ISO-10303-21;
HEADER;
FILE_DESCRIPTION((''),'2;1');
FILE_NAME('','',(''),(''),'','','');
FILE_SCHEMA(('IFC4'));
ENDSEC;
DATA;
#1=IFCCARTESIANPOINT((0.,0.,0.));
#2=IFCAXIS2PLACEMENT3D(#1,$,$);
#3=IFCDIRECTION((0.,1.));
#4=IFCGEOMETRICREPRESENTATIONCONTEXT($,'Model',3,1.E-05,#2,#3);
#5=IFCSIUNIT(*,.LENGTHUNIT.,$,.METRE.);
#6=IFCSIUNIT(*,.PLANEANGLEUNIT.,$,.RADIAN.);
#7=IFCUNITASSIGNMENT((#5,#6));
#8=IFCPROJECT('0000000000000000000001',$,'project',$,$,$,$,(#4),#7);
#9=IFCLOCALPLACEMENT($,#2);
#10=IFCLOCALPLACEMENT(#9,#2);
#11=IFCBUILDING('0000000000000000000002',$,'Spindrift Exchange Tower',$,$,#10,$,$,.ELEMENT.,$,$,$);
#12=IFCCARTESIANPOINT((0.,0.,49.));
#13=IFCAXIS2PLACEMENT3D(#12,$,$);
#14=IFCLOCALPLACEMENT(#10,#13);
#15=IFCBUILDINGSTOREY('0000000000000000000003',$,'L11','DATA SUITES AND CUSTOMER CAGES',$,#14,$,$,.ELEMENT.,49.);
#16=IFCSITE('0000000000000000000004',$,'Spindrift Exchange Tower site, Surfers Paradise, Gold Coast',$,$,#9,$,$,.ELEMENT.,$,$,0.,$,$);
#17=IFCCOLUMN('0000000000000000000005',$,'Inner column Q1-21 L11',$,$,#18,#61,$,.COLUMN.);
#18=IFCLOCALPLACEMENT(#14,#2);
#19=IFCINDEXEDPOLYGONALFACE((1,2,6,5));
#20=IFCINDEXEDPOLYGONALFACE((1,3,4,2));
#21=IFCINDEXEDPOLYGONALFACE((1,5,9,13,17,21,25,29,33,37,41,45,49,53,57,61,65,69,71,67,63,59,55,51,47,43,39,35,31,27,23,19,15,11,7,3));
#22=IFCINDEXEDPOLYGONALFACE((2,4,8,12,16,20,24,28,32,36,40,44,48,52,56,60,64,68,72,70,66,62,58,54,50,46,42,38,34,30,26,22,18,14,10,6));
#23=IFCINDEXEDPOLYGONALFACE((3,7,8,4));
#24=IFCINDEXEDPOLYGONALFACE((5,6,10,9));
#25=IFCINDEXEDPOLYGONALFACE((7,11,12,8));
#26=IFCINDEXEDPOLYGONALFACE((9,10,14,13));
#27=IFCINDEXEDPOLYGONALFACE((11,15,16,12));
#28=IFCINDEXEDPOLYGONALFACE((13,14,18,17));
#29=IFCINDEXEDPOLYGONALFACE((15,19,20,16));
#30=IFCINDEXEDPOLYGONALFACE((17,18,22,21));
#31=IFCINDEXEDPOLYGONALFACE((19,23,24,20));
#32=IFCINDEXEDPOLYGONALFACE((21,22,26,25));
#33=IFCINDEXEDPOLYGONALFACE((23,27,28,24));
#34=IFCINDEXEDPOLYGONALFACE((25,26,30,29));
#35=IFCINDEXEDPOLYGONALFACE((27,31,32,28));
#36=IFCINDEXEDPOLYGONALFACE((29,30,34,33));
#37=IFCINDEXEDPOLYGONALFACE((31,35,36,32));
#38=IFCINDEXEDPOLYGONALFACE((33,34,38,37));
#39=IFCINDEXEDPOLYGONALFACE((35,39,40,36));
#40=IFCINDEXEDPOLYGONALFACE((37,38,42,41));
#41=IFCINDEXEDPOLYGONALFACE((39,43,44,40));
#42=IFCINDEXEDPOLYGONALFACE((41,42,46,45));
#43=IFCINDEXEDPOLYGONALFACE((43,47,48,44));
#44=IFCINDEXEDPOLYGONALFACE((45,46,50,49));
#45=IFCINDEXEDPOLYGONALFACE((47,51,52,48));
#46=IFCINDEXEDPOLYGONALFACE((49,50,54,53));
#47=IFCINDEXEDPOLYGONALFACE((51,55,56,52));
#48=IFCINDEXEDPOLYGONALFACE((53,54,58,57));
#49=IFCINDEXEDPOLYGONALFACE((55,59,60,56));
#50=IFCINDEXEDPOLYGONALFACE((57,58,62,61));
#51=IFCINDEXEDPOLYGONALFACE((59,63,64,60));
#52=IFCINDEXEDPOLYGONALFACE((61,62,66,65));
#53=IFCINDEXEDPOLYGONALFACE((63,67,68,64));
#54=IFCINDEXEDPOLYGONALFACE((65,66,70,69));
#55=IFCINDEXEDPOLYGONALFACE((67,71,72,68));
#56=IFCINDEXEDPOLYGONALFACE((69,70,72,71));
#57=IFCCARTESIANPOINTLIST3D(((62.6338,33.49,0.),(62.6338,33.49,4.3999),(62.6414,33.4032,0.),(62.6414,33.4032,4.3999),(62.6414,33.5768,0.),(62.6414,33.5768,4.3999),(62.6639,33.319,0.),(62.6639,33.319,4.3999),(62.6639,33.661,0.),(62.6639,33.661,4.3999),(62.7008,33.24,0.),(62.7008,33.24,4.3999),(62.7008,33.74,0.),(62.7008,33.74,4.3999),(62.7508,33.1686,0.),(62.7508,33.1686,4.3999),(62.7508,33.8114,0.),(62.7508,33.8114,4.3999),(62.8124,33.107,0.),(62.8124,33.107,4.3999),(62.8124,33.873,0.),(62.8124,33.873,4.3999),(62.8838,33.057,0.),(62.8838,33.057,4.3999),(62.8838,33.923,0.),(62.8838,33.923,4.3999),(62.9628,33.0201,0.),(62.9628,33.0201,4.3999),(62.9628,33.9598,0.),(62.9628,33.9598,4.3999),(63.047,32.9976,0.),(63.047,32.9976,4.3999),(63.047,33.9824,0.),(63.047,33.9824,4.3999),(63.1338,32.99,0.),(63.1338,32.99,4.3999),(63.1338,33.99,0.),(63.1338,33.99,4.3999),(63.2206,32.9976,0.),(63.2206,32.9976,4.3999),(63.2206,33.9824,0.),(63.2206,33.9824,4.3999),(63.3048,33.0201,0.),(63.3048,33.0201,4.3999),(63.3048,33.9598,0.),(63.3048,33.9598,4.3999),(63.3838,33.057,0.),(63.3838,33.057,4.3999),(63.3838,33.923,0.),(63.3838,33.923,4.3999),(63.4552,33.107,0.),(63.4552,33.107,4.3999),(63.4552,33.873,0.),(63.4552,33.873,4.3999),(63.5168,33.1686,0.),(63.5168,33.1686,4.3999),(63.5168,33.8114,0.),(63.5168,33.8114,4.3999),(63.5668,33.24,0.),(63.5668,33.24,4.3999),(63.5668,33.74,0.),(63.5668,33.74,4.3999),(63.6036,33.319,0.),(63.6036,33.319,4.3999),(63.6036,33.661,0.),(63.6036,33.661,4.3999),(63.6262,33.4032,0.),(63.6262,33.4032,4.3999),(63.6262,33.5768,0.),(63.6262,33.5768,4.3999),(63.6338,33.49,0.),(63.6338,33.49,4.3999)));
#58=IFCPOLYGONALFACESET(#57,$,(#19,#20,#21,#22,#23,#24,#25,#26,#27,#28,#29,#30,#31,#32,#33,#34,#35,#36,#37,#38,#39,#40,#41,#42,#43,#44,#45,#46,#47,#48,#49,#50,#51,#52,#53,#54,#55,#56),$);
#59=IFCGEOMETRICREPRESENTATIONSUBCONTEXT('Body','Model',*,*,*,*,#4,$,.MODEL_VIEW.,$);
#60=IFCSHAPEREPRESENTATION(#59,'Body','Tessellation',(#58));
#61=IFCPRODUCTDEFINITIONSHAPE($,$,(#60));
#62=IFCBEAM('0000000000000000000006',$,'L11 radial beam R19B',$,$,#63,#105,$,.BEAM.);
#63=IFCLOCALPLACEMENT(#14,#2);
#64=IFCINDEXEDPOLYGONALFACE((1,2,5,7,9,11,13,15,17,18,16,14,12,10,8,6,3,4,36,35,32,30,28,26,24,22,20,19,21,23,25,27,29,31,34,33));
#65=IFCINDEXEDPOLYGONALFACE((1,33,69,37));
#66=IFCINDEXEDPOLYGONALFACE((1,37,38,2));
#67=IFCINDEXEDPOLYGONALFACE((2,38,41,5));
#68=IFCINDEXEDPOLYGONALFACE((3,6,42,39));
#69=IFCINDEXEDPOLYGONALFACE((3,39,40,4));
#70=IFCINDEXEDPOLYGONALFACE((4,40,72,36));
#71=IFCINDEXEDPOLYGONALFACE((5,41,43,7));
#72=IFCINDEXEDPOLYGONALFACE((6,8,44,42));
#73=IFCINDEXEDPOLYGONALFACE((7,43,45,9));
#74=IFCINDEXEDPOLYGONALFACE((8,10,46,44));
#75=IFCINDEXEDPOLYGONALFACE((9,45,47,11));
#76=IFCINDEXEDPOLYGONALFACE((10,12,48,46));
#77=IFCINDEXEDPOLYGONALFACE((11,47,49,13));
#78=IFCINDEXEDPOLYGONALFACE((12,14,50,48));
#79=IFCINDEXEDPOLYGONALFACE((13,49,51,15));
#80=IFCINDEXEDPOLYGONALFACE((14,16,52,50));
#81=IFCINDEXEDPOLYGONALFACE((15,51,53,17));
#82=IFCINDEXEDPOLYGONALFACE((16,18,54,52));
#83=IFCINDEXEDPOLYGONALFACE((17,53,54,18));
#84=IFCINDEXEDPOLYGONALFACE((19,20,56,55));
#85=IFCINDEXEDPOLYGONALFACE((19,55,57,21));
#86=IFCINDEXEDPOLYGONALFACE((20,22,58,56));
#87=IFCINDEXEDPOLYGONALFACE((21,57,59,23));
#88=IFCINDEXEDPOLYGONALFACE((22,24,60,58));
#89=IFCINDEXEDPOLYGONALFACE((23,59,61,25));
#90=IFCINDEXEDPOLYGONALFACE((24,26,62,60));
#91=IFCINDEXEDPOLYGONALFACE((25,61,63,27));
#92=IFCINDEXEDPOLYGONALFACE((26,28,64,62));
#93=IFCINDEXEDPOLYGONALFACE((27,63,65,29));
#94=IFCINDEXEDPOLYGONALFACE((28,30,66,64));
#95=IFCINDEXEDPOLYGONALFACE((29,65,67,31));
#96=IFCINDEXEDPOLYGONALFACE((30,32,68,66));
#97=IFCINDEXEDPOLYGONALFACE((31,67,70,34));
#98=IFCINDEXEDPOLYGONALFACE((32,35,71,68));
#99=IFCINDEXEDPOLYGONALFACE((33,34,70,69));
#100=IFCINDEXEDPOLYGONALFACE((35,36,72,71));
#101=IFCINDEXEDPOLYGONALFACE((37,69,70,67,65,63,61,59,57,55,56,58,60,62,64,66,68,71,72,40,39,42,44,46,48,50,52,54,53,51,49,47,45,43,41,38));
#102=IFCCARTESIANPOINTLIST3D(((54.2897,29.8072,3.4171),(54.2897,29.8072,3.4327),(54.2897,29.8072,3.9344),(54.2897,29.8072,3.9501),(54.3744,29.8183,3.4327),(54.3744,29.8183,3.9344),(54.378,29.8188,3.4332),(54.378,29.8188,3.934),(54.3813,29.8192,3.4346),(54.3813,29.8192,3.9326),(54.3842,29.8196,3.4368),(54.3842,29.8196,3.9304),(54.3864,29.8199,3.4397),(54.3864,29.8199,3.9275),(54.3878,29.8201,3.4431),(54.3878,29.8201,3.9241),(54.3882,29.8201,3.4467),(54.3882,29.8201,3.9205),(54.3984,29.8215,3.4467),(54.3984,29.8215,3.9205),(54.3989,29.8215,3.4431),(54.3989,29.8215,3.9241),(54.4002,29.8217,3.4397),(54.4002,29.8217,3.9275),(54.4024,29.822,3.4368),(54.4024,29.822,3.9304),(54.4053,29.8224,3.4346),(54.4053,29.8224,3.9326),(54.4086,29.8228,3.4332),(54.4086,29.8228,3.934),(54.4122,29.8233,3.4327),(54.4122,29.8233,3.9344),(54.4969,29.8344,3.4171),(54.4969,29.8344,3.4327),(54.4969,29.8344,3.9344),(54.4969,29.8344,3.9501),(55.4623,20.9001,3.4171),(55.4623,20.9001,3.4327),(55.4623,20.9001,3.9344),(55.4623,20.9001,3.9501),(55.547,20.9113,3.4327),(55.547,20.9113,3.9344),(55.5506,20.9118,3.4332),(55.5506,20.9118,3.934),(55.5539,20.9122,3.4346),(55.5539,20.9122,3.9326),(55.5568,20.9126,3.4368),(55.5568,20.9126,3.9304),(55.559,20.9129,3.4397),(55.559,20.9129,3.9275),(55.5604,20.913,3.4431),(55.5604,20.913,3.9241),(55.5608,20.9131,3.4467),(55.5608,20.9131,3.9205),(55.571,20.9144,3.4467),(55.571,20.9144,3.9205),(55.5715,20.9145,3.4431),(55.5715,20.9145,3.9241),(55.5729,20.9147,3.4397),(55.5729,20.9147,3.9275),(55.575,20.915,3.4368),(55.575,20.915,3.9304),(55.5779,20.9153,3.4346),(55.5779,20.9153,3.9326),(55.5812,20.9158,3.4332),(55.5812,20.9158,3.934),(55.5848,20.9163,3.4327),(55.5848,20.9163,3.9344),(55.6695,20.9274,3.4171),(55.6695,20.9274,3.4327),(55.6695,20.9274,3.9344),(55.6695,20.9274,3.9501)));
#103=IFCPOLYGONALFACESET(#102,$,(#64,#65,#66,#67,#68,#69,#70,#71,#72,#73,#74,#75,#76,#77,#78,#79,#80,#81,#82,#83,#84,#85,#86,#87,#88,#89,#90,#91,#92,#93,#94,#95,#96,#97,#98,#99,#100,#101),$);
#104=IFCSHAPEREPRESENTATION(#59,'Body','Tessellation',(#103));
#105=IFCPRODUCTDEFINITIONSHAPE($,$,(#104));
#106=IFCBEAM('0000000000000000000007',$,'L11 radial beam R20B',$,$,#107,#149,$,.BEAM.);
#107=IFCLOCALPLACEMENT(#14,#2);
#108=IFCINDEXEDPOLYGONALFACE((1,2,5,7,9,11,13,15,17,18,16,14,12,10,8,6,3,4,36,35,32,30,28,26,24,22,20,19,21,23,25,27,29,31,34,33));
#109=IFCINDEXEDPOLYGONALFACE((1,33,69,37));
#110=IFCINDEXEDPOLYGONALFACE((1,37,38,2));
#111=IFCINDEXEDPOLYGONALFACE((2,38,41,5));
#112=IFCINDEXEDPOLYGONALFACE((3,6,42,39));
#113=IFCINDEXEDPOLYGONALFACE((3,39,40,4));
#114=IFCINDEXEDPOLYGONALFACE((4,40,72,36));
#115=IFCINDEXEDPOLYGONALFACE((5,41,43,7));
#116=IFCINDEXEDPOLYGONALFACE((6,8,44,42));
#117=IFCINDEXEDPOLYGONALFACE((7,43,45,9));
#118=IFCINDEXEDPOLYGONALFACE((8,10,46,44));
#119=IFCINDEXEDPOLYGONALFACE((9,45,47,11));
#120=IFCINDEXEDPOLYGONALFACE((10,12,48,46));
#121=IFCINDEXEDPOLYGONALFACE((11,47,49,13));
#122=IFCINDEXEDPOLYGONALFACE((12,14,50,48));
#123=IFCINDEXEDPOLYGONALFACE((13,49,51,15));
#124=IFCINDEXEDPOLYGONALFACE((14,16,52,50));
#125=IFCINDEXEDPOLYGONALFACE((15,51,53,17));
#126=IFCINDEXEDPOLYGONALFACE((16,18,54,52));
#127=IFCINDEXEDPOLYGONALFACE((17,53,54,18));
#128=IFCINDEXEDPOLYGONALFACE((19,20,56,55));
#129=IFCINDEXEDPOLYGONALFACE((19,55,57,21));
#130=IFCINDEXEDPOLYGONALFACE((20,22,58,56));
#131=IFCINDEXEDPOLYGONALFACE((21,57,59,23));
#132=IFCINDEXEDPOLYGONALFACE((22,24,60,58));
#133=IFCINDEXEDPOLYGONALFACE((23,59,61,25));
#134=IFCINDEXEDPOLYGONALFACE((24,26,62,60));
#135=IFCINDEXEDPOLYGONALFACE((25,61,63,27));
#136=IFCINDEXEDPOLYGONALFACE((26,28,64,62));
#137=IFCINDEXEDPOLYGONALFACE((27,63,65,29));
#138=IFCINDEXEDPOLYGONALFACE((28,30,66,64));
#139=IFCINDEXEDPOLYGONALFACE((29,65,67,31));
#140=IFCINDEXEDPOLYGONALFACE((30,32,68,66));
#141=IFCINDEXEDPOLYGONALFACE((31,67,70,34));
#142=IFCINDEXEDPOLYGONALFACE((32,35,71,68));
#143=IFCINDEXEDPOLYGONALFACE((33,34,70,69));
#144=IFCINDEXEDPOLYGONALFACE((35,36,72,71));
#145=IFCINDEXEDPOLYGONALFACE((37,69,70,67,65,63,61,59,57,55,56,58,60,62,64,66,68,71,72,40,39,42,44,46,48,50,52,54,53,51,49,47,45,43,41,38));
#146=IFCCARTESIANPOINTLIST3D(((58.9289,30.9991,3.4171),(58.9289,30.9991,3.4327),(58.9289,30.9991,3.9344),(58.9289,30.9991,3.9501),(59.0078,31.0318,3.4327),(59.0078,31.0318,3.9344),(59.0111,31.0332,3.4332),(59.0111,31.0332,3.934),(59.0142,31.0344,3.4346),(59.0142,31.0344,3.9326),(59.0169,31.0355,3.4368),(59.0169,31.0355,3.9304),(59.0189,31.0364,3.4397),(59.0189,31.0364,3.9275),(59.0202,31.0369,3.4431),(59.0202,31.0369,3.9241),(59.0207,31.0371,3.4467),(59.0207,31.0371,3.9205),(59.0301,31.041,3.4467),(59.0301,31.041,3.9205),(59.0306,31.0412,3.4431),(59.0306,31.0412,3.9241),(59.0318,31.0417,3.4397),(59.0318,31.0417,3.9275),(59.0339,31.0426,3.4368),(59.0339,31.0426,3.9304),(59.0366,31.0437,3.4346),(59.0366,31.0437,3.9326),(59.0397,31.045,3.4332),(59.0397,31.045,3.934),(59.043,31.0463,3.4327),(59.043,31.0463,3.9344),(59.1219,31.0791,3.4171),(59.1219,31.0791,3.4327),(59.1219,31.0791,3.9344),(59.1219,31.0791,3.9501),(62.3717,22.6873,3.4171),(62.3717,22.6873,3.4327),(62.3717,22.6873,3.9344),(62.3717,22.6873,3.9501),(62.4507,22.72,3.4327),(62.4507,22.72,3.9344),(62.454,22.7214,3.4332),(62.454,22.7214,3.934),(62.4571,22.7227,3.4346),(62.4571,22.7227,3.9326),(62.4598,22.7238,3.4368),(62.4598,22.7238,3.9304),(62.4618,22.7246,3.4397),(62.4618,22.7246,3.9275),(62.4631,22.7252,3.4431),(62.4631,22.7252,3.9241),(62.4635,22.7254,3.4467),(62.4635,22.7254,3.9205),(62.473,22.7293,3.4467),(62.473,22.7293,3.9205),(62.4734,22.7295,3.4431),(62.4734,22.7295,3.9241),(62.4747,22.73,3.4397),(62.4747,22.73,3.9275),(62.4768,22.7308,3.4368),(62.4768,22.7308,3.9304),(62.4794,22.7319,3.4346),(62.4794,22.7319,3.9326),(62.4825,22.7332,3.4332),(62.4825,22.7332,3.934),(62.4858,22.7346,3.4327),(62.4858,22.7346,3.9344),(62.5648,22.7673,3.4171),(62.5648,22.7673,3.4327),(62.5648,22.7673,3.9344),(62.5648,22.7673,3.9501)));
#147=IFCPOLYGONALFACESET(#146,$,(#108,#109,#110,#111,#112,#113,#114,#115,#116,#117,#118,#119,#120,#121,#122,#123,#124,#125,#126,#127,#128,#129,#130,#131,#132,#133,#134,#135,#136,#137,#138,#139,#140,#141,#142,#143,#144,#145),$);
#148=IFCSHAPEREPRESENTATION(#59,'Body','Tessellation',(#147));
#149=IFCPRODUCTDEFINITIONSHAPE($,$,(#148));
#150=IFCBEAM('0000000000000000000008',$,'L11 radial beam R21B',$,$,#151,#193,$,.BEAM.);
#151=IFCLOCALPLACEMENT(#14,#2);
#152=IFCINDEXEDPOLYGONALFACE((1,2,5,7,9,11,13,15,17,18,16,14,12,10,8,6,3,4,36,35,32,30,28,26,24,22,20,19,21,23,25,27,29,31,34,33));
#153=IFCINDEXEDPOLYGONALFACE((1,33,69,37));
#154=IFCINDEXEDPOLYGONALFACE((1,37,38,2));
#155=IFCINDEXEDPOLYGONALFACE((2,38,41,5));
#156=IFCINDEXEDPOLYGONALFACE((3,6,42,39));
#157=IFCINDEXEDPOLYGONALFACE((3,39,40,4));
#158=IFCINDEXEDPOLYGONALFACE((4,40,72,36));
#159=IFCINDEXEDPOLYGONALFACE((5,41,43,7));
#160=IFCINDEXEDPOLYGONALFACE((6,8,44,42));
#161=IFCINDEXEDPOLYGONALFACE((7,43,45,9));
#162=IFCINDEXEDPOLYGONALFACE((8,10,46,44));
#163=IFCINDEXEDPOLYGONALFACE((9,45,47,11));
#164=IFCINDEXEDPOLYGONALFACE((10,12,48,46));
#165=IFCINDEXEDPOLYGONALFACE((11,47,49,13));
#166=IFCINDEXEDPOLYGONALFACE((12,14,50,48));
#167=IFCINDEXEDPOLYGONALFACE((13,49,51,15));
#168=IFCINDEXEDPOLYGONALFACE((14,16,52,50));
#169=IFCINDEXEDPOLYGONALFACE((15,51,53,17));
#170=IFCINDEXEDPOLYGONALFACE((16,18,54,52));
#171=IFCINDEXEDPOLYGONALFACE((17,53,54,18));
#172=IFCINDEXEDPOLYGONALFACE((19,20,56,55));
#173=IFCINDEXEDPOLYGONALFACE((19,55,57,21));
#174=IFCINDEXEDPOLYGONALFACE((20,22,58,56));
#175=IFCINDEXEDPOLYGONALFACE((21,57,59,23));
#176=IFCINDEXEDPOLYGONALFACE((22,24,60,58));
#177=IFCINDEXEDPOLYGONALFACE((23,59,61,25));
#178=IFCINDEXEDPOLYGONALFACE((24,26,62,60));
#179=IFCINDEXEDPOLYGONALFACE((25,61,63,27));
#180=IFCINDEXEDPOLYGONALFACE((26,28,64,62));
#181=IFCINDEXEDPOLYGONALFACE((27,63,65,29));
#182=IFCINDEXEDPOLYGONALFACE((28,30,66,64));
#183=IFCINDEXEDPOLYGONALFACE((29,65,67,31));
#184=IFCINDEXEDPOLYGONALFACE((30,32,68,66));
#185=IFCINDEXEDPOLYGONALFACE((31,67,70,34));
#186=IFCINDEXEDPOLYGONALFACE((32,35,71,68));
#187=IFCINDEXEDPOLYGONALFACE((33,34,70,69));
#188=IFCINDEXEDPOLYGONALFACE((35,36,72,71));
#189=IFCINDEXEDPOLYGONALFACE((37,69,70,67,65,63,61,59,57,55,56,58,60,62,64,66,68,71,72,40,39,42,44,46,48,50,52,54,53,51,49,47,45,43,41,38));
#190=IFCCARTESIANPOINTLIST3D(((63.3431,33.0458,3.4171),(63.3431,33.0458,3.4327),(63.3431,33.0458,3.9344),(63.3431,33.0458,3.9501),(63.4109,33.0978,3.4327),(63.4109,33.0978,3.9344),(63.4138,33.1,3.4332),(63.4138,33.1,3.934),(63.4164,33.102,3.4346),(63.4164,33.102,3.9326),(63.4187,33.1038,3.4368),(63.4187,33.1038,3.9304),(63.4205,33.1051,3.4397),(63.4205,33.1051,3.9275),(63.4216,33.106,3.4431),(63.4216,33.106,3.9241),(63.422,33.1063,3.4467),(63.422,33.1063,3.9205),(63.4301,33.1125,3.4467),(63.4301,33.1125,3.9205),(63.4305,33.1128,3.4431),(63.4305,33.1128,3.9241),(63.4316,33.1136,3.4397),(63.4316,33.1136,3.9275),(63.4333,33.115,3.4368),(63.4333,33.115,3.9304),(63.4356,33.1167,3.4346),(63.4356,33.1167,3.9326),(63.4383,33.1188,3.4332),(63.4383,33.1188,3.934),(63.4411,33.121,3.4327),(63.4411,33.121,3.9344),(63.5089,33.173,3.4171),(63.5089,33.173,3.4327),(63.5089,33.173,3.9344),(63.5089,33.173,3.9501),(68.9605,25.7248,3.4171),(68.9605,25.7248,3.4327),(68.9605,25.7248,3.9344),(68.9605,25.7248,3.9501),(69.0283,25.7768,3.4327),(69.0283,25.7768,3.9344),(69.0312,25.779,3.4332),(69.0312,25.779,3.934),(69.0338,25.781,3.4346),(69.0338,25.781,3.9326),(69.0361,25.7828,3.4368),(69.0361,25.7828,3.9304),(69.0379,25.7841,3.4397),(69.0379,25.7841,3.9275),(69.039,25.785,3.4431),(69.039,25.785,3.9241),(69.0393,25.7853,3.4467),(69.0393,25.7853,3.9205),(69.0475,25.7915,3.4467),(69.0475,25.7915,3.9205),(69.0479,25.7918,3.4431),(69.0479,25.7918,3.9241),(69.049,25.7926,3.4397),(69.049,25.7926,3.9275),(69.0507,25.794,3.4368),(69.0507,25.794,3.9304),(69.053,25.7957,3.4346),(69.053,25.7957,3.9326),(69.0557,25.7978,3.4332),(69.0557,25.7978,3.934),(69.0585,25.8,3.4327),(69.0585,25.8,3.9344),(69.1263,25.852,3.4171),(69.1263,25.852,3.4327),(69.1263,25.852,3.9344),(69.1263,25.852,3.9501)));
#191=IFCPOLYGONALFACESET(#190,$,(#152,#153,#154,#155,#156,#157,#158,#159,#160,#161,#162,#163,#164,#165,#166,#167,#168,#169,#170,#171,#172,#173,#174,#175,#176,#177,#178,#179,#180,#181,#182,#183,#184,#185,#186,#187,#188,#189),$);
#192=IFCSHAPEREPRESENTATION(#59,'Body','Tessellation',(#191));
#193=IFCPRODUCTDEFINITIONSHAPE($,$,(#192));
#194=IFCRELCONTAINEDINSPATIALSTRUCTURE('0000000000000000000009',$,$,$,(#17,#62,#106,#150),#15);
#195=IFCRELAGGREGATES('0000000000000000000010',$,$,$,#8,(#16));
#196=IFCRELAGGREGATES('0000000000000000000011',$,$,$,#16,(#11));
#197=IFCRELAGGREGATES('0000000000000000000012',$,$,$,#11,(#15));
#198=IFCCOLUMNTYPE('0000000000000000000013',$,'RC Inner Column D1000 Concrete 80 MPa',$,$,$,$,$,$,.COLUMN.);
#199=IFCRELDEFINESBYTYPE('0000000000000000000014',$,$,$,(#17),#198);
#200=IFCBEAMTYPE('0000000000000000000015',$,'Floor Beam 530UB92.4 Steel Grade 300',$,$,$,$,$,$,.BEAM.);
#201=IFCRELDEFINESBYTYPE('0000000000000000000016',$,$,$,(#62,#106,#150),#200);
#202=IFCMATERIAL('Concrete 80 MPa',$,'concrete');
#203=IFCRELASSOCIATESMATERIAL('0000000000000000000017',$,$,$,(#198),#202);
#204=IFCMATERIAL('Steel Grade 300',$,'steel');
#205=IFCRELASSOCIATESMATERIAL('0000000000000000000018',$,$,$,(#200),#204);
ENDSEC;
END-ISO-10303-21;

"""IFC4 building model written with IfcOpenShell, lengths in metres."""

from ifc_helpers import new_model, si_unit, direction, frame, origin, origin_2d, place, context, subcontext, project, spatial, circle, i_section, extrude, source, transform, mapped, material, material_profile, profile_set, type_object, element, save


model = new_model("IFC4")

# Units and contexts
model_context = context("Model", 3, precision=1e-05, world=origin(), true_north=direction((0.0, 1.0)))
body_context = subcontext(model_context, "Body", "Model", "MODEL_VIEW")
ifc_project = project(units=[si_unit("LENGTHUNIT", "METRE"), si_unit("PLANEANGLEUNIT", "RADIAN")], contexts=[model_context])

# Site, building, storey
site_placement = place(None, origin())
site = spatial("IfcSite", under=ifc_project, at=site_placement, Name="Spindrift Exchange Tower site, Surfers Paradise, Gold Coast", CompositionType="ELEMENT", RefElevation=0.0)
building_placement = place(site_placement, origin())
building = spatial("IfcBuilding", under=site, at=building_placement, Name="Spindrift Exchange Tower", CompositionType="ELEMENT")
storey_placement = place(building_placement, frame((0.0, 0.0, 49.0)))
storey = spatial("IfcBuildingStorey", under=building, at=storey_placement, Name="L11", Description="DATA SUITES AND CUSTOMER CAGES", CompositionType="ELEMENT", Elevation=49.0)

# Column
ifc_material_1 = material(Name="Concrete 80 MPa", Category="concrete")
ifc_material_profile_1 = material_profile(ifc_material_1, circle(Radius=0.5, at=origin_2d()), Name="RC D1000")
ifc_profile_set_1 = profile_set([ifc_material_profile_1], Name="Concrete 80 MPa")
column_type_1 = type_object("IfcColumnType", Name="RC Inner Column D1000 Concrete 80 MPa", PredefinedType="COLUMN", material=ifc_profile_set_1)
shared_shape_1 = source(origin(), body_context, "Body", "SweptSolid", [
    extrude(circle(Radius=0.5, at=origin_2d()), origin(), (0.0, 0.0, 1.0), 4.3999),
])
for number, where, z_axis, x_axis, name in (
    (1, (63.1338, 33.49, 0.0), (0.0, 0.0, 1.0), (1.0, 0.0, 0.0), "Inner column Q1-21 L11"),
):
    element("IfcColumn", number, at=place(storey_placement, frame(where, z_axis=z_axis, x_axis=x_axis)), inside=storey, type_object=column_type_1, Name=name, PredefinedType="COLUMN", context=body_context, shape_type="MappedRepresentation", body=[
        mapped(shared_shape_1, transform((0.0, 0.0, 0.0), scale=1.0)),
    ])

# Beams
ifc_material_2 = material(Name="Steel Grade 300", Category="steel")
ifc_material_profile_2 = material_profile(ifc_material_2, i_section(OverallWidth=0.209, OverallDepth=0.533, WebThickness=0.0103, FlangeThickness=0.0156, FilletRadius=0.0139, at=origin_2d()), Name="530UB92.4")
ifc_profile_set_2 = profile_set([ifc_material_profile_2], Name="Steel Grade 300")
beam_type_1 = type_object("IfcBeamType", Name="Floor Beam 530UB92.4 Steel Grade 300", PredefinedType="BEAM", material=ifc_profile_set_2)
shared_shape_2 = source(origin(), body_context, "Body", "SweptSolid", [
    extrude(i_section(OverallWidth=0.209, OverallDepth=0.533, WebThickness=0.0103, FlangeThickness=0.0156, FilletRadius=0.0139, at=origin_2d()), origin(), (0.0, 0.0, 1.0), 8.9839),
])
beam_1_placement = place(storey_placement, frame((54.3933, 29.8208, 3.6836), z_axis=(0.130524, -0.991445, 0.0), x_axis=(0.991445, 0.130524, 0.0)))
element("IfcBeam", 2, at=beam_1_placement, inside=storey, type_object=beam_type_1, Name="L11 radial beam R19B", PredefinedType="BEAM", context=body_context, shape_type="MappedRepresentation", body=[
    mapped(shared_shape_2, transform((0.0, 0.0, 0.0), scale=1.0)),
])
shared_shape_3 = source(origin(), body_context, "Body", "SweptSolid", [
    extrude(i_section(OverallWidth=0.209, OverallDepth=0.533, WebThickness=0.0103, FlangeThickness=0.0156, FilletRadius=0.0139, at=origin_2d()), origin(), (0.0, 0.0, 1.0), 8.9966),
])
beam_2_placement = place(storey_placement, frame((59.0254, 31.0391, 3.6836), z_axis=(0.382686, -0.923879, 0.0), x_axis=(0.923879, 0.382686, 0.0)))
element("IfcBeam", 3, at=beam_2_placement, inside=storey, type_object=beam_type_1, Name="L11 radial beam R20B", PredefinedType="BEAM", context=body_context, shape_type="MappedRepresentation", body=[
    mapped(shared_shape_3, transform((0.0, 0.0, 0.0), scale=1.0)),
])
shared_shape_4 = source(origin(), body_context, "Body", "SweptSolid", [
    extrude(i_section(OverallWidth=0.209, OverallDepth=0.533, WebThickness=0.0103, FlangeThickness=0.0156, FilletRadius=0.0139, at=origin_2d()), origin(), (0.0, 0.0, 1.0), 9.2278),
])
beam_3_placement = place(storey_placement, frame((63.426, 33.1094, 3.6836), z_axis=(0.608748, -0.793364, 0.0), x_axis=(0.793364, 0.608748, 0.0)))
element("IfcBeam", 4, at=beam_3_placement, inside=storey, type_object=beam_type_1, Name="L11 radial beam R21B", PredefinedType="BEAM", context=body_context, shape_type="MappedRepresentation", body=[
    mapped(shared_shape_4, transform((0.0, 0.0, 0.0), scale=1.0)),
])

save(model, "model.ifc")
